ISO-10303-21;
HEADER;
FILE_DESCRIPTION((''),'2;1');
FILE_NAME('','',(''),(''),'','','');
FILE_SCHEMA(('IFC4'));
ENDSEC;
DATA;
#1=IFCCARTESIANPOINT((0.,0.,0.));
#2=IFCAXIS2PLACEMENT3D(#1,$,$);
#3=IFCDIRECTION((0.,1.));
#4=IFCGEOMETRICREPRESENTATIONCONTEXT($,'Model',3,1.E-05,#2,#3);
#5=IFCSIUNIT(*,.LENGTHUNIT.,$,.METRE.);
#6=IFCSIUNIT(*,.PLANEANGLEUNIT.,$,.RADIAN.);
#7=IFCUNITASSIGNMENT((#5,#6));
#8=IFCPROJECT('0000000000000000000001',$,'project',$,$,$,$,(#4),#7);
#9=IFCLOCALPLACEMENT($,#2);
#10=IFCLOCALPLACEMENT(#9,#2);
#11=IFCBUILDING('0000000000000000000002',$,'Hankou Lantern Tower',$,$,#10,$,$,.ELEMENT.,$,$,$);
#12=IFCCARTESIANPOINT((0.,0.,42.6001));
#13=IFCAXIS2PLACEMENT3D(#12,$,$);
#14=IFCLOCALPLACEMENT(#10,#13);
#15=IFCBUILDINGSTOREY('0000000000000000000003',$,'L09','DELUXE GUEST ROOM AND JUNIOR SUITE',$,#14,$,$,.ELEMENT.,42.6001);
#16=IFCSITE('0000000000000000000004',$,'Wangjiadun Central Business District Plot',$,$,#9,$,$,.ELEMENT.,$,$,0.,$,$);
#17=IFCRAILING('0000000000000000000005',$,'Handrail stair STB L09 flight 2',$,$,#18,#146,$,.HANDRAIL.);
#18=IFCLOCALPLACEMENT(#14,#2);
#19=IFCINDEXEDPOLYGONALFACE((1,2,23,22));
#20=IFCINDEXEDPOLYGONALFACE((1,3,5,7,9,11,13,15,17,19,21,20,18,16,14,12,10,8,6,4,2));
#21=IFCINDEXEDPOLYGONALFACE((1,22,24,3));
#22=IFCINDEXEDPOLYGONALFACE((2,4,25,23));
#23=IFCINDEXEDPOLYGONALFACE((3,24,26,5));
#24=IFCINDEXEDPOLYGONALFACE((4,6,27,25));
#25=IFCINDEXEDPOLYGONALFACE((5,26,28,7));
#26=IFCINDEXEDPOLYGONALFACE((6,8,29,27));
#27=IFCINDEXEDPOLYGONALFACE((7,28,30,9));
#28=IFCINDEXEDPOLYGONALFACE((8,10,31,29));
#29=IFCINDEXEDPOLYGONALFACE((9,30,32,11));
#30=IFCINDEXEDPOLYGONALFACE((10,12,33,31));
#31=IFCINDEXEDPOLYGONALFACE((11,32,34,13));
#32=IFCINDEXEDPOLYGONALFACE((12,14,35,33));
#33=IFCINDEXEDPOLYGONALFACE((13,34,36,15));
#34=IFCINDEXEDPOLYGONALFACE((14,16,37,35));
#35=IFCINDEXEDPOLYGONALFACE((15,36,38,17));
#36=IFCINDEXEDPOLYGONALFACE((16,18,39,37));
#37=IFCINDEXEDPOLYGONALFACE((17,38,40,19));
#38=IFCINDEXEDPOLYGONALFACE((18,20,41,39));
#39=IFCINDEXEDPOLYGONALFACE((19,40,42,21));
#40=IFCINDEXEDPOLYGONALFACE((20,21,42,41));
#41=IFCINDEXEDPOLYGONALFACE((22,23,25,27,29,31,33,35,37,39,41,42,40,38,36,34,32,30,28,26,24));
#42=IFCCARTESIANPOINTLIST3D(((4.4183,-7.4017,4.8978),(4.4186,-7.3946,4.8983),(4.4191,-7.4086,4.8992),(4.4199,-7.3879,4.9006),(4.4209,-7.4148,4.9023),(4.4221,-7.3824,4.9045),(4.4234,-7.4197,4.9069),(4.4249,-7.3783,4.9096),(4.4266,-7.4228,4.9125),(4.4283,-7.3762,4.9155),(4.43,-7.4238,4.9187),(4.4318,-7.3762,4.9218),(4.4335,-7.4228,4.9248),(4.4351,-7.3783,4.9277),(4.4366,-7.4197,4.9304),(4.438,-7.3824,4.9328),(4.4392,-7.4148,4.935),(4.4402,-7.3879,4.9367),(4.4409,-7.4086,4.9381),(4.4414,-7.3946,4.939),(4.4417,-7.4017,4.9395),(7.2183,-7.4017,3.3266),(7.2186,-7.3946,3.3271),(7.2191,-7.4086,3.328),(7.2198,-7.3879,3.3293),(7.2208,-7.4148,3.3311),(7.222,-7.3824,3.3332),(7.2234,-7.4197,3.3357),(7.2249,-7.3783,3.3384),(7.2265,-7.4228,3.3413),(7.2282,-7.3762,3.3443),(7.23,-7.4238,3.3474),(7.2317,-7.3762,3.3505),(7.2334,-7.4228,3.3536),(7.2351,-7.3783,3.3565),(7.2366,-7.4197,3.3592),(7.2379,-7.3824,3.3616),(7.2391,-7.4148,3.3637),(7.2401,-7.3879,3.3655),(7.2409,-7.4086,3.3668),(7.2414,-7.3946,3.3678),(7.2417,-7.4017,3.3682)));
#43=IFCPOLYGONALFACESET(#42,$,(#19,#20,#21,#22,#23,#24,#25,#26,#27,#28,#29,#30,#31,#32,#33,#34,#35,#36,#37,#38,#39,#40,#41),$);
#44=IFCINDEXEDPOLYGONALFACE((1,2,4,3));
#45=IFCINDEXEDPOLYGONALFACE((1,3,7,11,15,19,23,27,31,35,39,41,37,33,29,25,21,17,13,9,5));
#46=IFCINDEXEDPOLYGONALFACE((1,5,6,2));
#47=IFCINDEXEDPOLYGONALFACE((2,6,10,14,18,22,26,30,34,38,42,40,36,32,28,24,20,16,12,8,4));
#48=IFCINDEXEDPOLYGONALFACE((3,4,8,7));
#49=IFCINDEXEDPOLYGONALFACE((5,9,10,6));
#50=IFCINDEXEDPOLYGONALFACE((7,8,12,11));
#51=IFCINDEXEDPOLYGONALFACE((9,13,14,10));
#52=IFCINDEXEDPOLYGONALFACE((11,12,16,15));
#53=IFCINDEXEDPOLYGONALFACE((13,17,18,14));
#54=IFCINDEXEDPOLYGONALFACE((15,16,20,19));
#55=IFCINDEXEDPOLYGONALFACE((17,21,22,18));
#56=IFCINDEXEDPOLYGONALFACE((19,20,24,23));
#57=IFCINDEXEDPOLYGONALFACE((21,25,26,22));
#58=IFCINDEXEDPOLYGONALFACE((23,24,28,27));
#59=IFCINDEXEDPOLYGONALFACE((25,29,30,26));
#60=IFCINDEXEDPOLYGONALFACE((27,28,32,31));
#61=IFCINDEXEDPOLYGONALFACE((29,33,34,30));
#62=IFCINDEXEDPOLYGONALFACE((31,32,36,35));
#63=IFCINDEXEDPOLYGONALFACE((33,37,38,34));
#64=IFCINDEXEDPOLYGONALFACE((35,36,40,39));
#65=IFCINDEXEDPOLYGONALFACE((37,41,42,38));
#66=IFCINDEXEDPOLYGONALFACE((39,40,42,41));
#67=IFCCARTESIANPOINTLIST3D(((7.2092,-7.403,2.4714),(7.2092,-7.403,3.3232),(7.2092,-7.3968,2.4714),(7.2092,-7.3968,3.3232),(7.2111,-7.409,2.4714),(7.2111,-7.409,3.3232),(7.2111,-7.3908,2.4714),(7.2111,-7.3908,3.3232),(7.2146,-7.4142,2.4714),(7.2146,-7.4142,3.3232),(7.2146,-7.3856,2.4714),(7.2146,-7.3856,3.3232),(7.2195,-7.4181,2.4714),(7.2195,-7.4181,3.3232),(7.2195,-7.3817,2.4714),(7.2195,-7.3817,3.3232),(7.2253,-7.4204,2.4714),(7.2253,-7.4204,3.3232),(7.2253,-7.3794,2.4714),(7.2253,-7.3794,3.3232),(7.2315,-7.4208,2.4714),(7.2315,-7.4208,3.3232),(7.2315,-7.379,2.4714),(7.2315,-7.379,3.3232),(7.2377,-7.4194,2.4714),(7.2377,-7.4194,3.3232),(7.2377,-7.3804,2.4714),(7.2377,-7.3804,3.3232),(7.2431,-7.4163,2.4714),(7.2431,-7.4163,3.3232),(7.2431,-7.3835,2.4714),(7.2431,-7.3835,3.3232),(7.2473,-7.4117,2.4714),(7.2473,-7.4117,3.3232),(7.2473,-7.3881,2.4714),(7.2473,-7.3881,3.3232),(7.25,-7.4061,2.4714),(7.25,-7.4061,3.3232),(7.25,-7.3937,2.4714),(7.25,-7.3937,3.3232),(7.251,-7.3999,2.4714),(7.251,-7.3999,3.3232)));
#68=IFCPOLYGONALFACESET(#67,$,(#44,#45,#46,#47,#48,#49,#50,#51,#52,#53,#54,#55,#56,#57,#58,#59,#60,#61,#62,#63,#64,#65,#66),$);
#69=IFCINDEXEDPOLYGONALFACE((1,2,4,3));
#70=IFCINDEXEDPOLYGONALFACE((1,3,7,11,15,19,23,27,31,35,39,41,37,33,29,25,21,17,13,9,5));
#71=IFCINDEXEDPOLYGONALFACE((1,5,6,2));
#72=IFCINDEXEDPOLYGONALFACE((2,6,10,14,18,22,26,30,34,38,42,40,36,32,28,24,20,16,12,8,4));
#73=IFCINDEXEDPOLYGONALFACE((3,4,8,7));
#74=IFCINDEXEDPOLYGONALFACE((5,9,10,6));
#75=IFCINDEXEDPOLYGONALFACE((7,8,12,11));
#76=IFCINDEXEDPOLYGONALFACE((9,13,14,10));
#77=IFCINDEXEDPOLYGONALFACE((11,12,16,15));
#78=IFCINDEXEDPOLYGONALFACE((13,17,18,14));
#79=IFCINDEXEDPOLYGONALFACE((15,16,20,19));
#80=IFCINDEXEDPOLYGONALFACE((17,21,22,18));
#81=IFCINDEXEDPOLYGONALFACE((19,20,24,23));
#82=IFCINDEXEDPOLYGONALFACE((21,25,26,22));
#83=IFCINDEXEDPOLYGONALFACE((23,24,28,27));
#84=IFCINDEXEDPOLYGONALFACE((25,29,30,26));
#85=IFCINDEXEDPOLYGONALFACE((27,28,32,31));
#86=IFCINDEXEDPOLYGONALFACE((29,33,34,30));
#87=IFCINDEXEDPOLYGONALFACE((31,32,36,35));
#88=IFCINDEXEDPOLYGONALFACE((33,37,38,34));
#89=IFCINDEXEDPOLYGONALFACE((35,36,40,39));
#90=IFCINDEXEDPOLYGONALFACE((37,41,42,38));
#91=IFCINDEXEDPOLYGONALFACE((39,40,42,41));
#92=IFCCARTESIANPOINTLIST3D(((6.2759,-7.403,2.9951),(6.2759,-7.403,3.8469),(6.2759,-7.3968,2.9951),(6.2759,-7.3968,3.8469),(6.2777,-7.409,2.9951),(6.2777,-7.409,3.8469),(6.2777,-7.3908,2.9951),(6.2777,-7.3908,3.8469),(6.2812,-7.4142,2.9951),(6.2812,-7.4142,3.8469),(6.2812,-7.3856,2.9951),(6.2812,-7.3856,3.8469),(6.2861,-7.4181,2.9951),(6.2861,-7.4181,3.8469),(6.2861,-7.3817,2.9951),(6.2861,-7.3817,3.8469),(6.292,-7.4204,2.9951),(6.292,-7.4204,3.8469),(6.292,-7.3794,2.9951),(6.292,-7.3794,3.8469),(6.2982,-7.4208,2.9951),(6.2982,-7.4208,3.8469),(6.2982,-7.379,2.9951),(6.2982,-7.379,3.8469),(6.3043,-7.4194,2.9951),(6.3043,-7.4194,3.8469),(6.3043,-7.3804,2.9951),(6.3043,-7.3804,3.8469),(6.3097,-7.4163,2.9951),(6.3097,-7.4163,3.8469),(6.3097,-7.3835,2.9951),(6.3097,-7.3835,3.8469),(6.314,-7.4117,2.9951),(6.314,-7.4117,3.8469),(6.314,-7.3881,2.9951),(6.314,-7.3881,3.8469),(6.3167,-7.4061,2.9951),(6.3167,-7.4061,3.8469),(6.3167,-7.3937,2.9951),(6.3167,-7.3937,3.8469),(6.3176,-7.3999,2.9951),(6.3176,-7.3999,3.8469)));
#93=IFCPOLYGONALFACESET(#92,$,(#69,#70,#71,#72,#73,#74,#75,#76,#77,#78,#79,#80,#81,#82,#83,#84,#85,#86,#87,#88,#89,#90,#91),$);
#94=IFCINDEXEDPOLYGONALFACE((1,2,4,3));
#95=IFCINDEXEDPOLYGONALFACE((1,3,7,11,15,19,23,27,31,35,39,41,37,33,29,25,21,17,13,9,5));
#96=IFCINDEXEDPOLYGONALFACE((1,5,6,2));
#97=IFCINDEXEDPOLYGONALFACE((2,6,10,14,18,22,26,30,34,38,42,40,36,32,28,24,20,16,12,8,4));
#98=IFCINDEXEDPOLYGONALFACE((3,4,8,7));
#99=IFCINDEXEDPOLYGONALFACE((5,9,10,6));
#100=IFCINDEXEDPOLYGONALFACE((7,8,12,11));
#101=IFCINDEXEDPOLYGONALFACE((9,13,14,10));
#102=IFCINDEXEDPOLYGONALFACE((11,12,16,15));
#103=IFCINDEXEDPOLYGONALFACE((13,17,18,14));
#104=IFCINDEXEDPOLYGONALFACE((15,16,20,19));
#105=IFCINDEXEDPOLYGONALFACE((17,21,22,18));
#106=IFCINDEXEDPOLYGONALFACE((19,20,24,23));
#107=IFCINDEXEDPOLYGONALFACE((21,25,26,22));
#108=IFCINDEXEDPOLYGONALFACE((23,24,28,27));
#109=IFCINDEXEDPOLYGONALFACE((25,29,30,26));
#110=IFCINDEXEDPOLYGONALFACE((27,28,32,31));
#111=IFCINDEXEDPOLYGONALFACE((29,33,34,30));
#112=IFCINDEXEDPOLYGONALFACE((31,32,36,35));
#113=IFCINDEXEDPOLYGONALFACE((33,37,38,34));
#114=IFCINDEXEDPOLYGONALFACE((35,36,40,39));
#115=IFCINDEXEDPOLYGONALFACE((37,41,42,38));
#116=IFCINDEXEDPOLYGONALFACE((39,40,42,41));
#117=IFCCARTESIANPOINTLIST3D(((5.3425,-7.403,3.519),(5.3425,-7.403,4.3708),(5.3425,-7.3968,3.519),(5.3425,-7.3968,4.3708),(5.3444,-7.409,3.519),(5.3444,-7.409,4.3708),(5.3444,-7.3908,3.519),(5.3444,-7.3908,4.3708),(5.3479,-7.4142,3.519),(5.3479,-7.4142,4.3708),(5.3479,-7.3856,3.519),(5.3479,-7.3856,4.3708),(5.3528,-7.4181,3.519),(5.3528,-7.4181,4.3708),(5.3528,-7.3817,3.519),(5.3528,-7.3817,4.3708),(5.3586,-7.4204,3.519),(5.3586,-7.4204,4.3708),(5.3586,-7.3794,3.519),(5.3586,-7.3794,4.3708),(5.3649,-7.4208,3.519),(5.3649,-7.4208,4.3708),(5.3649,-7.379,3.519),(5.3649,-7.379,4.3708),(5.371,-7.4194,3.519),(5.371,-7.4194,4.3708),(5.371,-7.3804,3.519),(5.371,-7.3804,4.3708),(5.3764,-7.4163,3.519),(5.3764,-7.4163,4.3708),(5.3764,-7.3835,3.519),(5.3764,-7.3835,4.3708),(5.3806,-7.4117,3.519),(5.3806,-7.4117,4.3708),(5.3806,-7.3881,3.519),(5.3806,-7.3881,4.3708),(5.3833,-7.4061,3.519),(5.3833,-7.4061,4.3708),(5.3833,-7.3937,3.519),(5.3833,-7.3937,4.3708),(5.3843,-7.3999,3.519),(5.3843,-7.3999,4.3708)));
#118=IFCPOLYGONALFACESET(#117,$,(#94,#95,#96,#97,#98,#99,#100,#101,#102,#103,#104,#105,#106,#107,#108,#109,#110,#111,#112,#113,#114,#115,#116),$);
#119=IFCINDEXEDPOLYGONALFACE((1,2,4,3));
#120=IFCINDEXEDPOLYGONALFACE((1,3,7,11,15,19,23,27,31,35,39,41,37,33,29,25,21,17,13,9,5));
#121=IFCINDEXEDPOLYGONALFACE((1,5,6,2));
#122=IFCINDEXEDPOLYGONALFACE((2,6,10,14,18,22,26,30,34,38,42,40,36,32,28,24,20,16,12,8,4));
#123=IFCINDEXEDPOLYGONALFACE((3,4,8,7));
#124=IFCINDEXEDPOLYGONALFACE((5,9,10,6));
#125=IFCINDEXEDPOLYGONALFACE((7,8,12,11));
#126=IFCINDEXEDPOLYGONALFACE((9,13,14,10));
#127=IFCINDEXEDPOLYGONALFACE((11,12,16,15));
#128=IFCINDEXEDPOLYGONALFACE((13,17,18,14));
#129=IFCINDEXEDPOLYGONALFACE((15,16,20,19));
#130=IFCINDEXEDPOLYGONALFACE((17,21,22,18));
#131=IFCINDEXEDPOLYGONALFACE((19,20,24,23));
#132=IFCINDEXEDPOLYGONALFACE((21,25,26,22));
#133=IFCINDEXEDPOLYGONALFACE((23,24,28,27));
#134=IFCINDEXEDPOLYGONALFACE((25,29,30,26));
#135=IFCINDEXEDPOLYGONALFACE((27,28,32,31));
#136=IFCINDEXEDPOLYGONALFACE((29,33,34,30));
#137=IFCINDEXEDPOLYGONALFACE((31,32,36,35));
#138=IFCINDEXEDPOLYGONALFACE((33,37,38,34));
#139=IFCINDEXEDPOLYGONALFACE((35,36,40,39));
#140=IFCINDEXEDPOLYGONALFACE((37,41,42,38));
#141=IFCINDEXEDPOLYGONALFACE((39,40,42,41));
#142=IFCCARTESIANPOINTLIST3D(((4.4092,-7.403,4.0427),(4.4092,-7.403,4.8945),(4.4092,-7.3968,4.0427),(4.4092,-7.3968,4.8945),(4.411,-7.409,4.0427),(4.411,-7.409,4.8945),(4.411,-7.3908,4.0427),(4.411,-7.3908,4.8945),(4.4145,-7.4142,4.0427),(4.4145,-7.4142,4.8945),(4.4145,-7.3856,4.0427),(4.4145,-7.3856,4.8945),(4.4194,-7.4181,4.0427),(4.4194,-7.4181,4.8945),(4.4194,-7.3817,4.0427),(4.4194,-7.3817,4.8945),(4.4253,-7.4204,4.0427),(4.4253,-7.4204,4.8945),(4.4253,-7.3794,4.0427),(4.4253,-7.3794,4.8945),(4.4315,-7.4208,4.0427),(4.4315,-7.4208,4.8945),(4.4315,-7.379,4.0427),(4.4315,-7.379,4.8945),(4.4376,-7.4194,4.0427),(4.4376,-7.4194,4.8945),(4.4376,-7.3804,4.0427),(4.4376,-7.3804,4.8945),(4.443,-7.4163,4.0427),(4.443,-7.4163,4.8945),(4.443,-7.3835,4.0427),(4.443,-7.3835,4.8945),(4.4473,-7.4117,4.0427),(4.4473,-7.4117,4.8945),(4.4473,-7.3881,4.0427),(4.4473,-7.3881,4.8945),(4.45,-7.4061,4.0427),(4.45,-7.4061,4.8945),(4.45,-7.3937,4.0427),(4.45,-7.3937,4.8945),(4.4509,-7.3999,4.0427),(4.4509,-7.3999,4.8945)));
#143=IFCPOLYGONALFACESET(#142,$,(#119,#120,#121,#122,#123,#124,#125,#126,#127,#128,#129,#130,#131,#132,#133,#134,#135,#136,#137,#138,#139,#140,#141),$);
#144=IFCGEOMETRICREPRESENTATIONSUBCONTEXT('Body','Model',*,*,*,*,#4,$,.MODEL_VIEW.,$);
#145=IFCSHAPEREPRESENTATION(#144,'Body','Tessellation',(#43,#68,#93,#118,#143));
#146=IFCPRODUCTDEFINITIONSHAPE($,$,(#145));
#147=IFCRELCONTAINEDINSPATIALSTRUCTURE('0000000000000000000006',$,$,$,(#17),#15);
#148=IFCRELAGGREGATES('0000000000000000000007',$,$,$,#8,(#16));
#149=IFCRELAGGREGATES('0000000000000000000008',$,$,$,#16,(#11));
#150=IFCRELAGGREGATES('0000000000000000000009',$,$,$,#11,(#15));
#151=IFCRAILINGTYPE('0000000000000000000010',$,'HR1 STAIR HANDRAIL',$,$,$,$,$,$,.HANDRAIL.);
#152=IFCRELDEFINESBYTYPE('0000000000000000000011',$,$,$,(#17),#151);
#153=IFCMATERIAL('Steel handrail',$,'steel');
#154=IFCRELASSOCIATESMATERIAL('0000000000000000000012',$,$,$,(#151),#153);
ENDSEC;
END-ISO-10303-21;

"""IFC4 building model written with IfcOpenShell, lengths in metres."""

from ifc_helpers import new_model, si_unit, direction, frame, origin, origin_2d, place, context, subcontext, project, spatial, circle, extrude, material, type_object, element, save


model = new_model("IFC4")

# Units and contexts
model_context = context("Model", 3, precision=1e-05, world=origin(), true_north=direction((0.0, 1.0)))
body_context = subcontext(model_context, "Body", "Model", "MODEL_VIEW")
ifc_project = project(units=[si_unit("LENGTHUNIT", "METRE"), si_unit("PLANEANGLEUNIT", "RADIAN")], contexts=[model_context])

# Site, building, storey
site_placement = place(None, origin())
site = spatial("IfcSite", under=ifc_project, at=site_placement, Name="Wangjiadun Central Business District Plot", CompositionType="ELEMENT", RefElevation=0.0)
building_placement = place(site_placement, origin())
building = spatial("IfcBuilding", under=site, at=building_placement, Name="Hankou Lantern Tower", CompositionType="ELEMENT")
storey_placement = place(building_placement, frame((0.0, 0.0, 42.6001)))
storey = spatial("IfcBuildingStorey", under=building, at=storey_placement, Name="L09", Description="DELUXE GUEST ROOM AND JUNIOR SUITE", CompositionType="ELEMENT", Elevation=42.6001)

# Railing
ifc_material_1 = material(Name="Steel handrail", Category="steel")
railing_type = type_object("IfcRailingType", Name="HR1 STAIR HANDRAIL", PredefinedType="HANDRAIL", material=ifc_material_1)
railing_1_placement = place(storey_placement, frame((7.23, -7.3999, 2.4714)))
element("IfcRailing", 1, at=railing_1_placement, inside=storey, type_object=railing_type, Name="Handrail stair STB L09 flight 2", PredefinedType="HANDRAIL", context=body_context, shape_type="SweptSolid", body=[
    extrude(circle(Radius=0.0239, at=origin_2d()), frame((0.0, 0.0, 0.876), z_axis=(-0.872073, 0.0, 0.489377), x_axis=(0.0, -1.0, 0.0)), (0.0, 0.0, 1.0), 3.2107),
    extrude(circle(Radius=0.021, at=origin_2d()), origin(), (0.0, 0.0, 1.0), 0.8518),
    extrude(circle(Radius=0.021, at=origin_2d()), frame((-0.9333, 0.0, 0.5237)), (0.0, 0.0, 1.0), 0.8518),
    extrude(circle(Radius=0.021, at=origin_2d()), frame((-1.8667, 0.0, 1.0476)), (0.0, 0.0, 1.0), 0.8518),
    extrude(circle(Radius=0.021, at=origin_2d()), frame((-2.8, 0.0, 1.5713)), (0.0, 0.0, 1.0), 0.8518),
])

save(model, "model.ifc")
